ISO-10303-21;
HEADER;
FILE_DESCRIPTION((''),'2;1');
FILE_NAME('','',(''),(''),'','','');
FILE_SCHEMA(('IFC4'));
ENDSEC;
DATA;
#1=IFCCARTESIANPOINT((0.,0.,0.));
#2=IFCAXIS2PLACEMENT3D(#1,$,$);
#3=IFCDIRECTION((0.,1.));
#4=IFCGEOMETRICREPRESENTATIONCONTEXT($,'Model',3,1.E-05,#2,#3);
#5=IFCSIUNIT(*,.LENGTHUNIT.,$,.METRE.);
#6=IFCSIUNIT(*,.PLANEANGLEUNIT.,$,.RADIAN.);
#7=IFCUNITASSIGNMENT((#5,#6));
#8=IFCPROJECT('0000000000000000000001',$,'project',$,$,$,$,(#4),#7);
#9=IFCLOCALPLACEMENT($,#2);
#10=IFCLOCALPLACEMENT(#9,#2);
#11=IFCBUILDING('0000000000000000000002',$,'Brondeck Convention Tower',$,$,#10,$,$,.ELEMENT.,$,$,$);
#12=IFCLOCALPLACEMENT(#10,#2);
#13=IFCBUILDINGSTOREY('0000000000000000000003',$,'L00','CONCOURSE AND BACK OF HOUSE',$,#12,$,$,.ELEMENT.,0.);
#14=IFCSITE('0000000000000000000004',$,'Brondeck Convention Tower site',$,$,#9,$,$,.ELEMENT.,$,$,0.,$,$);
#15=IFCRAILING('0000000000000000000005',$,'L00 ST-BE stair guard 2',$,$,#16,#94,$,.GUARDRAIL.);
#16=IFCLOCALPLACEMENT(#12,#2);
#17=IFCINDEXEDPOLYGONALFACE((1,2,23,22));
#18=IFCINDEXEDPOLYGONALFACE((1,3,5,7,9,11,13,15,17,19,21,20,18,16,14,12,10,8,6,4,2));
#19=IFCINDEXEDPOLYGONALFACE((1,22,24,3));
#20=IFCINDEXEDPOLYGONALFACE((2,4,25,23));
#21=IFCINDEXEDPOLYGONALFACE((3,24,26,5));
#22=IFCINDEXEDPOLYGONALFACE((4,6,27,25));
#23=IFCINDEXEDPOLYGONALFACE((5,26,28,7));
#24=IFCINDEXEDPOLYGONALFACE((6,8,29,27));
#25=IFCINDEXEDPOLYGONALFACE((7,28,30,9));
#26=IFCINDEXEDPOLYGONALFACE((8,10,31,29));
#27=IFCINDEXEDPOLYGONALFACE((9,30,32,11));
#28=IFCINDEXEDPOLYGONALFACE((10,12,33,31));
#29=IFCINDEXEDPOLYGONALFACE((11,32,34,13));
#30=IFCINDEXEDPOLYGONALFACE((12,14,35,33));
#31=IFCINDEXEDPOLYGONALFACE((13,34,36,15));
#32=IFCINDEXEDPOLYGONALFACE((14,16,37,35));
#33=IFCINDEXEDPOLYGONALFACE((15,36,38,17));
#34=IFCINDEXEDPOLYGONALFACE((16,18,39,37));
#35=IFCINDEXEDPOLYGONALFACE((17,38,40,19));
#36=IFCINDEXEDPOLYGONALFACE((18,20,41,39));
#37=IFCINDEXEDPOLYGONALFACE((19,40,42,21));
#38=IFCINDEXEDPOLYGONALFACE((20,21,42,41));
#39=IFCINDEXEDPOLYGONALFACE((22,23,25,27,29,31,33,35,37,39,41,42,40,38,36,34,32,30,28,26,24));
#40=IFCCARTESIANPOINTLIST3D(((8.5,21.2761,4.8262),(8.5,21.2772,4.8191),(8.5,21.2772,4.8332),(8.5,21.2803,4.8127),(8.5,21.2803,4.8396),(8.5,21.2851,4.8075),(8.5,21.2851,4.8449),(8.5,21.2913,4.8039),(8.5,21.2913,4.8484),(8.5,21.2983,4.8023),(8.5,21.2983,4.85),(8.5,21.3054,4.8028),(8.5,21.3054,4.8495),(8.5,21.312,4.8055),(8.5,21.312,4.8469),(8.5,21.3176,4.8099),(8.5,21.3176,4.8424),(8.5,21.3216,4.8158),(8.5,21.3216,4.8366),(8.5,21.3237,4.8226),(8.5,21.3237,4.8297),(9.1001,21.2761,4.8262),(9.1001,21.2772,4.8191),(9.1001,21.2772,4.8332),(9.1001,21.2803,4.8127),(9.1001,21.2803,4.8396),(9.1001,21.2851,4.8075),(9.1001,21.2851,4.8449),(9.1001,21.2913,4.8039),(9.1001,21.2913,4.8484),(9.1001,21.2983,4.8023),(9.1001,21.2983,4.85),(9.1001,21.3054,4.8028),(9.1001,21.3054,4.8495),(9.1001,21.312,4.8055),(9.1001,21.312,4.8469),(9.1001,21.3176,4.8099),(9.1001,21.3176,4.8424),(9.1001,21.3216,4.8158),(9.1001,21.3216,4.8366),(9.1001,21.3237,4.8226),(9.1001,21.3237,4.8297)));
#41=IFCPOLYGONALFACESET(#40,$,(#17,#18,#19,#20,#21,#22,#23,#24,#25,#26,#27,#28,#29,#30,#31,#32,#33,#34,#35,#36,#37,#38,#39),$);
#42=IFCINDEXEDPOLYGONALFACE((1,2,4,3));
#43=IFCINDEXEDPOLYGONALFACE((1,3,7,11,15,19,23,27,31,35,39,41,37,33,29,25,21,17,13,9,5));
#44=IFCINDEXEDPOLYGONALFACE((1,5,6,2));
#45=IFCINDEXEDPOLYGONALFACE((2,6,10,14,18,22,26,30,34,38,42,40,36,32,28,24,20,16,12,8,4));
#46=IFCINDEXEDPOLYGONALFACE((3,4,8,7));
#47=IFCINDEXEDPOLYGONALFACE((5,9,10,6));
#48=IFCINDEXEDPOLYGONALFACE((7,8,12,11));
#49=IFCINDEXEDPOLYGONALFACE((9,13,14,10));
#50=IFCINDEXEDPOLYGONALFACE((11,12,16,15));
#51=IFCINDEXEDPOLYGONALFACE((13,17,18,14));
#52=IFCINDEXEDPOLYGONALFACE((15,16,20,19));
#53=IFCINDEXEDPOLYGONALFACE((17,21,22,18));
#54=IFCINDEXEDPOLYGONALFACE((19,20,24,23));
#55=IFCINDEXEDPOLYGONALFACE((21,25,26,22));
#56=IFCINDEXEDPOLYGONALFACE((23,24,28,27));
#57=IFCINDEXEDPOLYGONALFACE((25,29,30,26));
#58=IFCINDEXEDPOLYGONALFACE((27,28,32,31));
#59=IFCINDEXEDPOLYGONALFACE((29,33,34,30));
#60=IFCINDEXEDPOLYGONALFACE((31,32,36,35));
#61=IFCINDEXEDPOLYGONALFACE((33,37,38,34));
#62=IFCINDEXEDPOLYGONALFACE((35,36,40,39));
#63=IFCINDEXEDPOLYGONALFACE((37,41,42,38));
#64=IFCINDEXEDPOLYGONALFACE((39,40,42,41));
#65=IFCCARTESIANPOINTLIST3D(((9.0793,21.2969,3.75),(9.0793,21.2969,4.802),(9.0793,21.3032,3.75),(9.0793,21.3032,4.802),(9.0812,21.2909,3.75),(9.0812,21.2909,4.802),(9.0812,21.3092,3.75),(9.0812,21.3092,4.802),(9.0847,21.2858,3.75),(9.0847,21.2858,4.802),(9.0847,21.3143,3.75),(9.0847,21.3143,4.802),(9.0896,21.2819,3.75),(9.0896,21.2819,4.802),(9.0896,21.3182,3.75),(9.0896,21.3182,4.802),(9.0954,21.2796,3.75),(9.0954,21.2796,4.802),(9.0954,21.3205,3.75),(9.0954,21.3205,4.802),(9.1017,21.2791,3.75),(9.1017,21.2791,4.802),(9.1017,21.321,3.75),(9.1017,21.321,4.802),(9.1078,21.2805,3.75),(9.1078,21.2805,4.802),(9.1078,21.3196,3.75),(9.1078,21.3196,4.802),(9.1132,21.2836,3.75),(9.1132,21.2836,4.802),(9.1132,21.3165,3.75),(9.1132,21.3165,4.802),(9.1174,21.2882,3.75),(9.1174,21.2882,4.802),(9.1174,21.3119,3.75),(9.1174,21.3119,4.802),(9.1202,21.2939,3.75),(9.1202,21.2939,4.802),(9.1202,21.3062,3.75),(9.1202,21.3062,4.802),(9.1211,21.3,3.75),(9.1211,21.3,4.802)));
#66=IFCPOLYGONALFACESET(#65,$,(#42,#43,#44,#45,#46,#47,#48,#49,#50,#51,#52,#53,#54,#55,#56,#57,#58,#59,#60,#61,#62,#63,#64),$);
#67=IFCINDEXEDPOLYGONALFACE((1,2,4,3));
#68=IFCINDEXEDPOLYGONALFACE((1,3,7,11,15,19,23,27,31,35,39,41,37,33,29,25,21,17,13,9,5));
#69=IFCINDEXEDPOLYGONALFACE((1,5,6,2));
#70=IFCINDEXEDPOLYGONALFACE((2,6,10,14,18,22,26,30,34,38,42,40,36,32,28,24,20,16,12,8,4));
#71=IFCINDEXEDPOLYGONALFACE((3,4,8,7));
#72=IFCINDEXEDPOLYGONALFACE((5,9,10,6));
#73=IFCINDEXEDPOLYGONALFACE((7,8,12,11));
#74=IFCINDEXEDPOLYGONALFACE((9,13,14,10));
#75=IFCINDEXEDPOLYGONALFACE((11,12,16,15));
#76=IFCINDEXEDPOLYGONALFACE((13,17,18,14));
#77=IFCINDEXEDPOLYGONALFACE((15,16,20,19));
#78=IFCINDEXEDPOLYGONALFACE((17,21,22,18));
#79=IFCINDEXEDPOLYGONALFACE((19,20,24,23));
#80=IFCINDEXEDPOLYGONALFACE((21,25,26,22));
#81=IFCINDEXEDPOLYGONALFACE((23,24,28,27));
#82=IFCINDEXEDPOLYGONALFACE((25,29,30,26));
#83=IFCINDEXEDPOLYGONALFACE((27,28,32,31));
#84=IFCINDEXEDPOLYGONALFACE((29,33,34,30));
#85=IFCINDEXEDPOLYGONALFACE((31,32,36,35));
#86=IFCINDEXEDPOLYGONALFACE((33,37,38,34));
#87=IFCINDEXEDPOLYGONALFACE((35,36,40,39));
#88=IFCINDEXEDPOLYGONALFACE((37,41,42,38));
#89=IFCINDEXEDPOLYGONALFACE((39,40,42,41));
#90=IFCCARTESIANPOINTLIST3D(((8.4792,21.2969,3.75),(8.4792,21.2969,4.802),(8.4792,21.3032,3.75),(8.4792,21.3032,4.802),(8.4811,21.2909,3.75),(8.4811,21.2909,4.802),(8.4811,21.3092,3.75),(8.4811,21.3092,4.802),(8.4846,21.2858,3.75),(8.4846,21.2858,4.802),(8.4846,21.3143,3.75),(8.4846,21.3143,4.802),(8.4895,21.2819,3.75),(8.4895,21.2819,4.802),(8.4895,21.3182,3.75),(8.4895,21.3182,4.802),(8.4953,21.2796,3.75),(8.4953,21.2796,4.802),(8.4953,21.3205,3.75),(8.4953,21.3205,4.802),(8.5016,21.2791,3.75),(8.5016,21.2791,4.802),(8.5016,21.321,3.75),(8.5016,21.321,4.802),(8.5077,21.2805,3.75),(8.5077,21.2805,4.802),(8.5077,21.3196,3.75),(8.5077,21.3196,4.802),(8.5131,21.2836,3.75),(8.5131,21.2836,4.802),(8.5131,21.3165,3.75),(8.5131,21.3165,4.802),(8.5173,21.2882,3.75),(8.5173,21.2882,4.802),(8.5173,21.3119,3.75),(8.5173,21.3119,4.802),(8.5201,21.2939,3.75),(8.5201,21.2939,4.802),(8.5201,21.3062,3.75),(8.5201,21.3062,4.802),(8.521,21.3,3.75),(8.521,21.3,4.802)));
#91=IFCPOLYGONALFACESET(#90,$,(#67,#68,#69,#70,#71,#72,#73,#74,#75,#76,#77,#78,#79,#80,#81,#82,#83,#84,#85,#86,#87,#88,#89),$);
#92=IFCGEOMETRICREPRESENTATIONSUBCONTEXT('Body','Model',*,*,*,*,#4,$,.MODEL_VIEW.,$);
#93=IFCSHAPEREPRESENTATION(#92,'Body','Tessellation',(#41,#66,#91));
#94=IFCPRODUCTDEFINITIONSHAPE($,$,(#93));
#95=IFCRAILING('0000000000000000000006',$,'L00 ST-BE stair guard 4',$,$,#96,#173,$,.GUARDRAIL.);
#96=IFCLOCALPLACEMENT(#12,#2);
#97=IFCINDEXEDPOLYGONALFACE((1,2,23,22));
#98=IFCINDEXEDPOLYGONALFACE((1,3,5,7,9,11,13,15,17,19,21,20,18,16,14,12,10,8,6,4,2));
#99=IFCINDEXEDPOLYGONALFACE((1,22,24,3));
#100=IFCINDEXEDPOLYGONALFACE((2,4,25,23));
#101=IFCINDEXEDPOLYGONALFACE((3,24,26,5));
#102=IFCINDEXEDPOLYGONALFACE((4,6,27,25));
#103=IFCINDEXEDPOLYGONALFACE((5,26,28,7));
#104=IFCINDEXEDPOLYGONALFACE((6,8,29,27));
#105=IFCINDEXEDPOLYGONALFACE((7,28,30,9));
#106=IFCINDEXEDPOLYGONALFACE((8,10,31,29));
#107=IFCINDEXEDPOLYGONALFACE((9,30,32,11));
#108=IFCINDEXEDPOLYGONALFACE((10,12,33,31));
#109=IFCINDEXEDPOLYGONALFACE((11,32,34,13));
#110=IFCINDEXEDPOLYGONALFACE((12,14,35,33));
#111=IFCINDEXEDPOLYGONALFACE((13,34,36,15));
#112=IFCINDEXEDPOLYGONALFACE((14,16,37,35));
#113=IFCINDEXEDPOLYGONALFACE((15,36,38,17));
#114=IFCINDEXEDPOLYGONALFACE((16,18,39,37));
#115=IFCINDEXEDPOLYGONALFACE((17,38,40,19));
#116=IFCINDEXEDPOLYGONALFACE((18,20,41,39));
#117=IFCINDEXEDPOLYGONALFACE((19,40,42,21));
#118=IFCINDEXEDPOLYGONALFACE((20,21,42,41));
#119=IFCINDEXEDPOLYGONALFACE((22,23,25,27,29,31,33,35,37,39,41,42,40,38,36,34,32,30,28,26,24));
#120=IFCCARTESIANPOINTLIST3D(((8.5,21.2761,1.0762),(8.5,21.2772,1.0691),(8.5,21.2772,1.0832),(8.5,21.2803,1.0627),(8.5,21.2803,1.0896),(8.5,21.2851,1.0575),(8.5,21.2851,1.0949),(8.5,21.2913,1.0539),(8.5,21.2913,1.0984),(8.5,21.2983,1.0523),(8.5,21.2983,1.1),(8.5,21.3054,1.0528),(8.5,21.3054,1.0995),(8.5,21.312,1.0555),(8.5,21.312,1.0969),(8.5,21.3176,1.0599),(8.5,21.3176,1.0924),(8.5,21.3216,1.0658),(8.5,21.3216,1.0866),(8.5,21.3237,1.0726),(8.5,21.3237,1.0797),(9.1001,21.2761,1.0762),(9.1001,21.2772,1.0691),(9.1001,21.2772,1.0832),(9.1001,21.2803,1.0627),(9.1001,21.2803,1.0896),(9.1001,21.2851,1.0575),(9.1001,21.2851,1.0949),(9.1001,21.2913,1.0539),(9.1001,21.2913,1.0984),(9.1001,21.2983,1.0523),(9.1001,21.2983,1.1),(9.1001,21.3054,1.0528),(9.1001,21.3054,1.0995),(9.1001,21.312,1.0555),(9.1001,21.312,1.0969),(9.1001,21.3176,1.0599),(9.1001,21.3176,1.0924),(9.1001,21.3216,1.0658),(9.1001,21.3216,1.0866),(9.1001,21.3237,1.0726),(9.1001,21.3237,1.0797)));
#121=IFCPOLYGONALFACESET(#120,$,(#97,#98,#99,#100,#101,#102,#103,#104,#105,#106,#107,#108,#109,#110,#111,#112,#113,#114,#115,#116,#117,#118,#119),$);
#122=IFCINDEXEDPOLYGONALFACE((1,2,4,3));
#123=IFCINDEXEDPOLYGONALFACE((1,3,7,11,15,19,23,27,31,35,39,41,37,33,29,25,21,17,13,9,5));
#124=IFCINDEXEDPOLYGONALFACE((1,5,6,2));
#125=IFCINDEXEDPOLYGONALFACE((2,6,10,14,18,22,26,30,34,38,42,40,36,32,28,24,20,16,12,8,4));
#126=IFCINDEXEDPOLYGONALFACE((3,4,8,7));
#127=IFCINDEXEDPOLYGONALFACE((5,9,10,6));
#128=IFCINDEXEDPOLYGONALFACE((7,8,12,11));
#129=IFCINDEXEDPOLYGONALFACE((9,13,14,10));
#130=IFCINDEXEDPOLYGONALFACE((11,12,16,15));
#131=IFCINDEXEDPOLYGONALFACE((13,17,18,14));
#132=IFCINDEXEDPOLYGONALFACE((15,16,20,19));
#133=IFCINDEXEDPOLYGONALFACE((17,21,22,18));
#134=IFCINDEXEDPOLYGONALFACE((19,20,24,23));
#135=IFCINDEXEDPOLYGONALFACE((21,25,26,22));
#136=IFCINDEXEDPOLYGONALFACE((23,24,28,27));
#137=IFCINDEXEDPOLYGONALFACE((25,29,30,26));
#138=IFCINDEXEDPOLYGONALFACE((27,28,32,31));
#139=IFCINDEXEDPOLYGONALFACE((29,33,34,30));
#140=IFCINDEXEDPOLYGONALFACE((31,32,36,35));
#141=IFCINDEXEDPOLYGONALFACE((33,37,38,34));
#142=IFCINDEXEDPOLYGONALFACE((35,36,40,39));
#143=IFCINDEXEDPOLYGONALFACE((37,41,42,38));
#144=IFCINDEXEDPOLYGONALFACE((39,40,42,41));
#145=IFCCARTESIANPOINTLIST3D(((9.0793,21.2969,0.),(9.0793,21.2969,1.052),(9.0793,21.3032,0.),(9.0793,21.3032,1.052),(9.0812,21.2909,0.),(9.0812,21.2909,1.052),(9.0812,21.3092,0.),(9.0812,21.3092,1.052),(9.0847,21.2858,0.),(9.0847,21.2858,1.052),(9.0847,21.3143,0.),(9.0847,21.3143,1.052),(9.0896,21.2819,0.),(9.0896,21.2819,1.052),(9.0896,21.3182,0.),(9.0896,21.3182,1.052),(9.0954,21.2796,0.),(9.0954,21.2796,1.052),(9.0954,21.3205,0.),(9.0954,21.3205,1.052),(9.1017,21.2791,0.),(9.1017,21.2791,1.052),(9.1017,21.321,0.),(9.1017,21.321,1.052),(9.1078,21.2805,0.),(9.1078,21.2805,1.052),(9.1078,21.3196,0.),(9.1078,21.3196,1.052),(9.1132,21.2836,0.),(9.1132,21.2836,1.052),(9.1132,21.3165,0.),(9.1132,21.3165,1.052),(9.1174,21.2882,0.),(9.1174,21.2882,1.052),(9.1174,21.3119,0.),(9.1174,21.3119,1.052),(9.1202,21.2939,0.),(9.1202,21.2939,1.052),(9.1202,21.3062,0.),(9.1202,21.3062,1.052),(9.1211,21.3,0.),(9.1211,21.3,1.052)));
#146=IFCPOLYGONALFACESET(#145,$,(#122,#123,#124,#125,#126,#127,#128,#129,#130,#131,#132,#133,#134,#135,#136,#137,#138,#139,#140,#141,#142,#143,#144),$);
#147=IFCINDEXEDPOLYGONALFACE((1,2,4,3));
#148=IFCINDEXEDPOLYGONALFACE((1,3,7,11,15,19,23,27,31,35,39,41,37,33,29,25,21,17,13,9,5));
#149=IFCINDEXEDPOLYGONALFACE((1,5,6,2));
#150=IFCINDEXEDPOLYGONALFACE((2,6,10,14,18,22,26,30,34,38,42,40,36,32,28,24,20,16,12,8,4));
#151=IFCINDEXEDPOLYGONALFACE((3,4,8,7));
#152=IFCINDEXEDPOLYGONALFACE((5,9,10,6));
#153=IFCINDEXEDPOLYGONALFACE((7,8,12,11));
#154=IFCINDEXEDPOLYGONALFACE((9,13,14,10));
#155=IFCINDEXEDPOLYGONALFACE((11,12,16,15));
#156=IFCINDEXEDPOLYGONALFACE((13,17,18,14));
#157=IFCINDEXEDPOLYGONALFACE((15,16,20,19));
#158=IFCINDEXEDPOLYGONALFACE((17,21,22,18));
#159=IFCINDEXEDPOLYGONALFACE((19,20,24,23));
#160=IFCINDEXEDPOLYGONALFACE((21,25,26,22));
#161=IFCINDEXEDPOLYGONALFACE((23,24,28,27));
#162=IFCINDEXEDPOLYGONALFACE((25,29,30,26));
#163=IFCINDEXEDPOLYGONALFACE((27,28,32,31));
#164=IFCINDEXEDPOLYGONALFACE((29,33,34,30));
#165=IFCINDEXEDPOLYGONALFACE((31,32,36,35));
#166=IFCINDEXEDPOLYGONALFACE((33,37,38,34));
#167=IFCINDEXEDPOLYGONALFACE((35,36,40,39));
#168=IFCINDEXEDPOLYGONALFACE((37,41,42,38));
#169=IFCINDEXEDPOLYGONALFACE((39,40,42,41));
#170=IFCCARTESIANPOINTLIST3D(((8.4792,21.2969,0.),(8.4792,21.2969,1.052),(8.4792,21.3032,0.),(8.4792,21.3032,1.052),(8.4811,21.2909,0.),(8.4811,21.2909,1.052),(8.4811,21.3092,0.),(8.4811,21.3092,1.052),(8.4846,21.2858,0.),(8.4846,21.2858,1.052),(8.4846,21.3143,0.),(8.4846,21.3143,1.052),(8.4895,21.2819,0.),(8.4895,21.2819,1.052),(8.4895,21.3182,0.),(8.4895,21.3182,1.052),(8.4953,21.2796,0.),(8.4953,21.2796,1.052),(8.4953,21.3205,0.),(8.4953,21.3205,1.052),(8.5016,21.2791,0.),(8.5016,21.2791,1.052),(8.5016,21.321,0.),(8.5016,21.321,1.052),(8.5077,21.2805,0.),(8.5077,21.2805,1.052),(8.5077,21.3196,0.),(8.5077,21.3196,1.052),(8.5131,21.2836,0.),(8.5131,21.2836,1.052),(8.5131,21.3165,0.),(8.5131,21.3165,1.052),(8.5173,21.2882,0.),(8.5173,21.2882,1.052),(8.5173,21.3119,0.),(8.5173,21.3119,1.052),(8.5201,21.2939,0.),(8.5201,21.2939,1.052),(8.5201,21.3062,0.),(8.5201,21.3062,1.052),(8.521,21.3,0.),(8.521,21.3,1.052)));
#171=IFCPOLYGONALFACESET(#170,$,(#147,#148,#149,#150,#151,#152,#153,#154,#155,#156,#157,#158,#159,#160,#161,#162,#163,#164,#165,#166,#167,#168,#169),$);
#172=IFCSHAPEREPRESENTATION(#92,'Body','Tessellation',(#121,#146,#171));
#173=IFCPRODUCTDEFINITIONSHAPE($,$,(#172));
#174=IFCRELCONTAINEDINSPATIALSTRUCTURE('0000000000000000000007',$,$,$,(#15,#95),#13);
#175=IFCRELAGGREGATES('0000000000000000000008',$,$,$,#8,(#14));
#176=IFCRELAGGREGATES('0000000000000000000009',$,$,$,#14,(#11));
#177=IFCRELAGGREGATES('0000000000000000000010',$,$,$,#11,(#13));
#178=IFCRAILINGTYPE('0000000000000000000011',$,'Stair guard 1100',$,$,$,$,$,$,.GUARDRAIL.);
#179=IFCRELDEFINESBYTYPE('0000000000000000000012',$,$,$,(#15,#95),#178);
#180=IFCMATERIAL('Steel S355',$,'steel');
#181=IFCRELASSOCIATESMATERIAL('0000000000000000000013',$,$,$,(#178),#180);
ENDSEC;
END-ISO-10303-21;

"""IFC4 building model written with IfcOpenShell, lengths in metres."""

from ifc_helpers import new_model, si_unit, direction, frame, origin, origin_2d, place, context, subcontext, project, spatial, circle, extrude, material, type_object, element, save


model = new_model("IFC4")

# Units and contexts
model_context = context("Model", 3, precision=1e-05, world=origin(), true_north=direction((0.0, 1.0)))
body_context = subcontext(model_context, "Body", "Model", "MODEL_VIEW")
ifc_project = project(units=[si_unit("LENGTHUNIT", "METRE"), si_unit("PLANEANGLEUNIT", "RADIAN")], contexts=[model_context])

# Site, building, storey
site_placement = place(None, origin())
site = spatial("IfcSite", under=ifc_project, at=site_placement, Name="Brondeck Convention Tower site", CompositionType="ELEMENT", RefElevation=0.0)
building_placement = place(site_placement, origin())
building = spatial("IfcBuilding", under=site, at=building_placement, Name="Brondeck Convention Tower", CompositionType="ELEMENT")
storey_placement = place(building_placement, origin())
storey = spatial("IfcBuildingStorey", under=building, at=storey_placement, Name="L00", Description="CONCOURSE AND BACK OF HOUSE", CompositionType="ELEMENT", Elevation=0.0)

# Shared definitions
ifc_material_1 = material(Name="Steel S355", Category="steel")

# Railings
railing_type_1 = type_object("IfcRailingType", Name="Stair guard 1100", PredefinedType="GUARDRAIL", material=ifc_material_1)
for number, where, name in (
    (1, (9.1001, 21.3, 3.75), "L00 ST-BE stair guard 2"),
    (2, (9.1001, 21.3, 0.0), "L00 ST-BE stair guard 4"),
):
    element("IfcRailing", number, at=place(storey_placement, frame(where)), inside=storey, type_object=railing_type_1, Name=name, PredefinedType="GUARDRAIL", context=body_context, shape_type="SweptSolid", body=[
        extrude(circle(Radius=0.0239, at=origin_2d()), frame((0.0, 0.0, 1.0762), z_axis=(-1.0, 0.0, 0.0), x_axis=(0.0, -1.0, 0.0)), (0.0, 0.0, 1.0), 0.6001),
        extrude(circle(Radius=0.021, at=origin_2d()), origin(), (0.0, 0.0, 1.0), 1.052),
        extrude(circle(Radius=0.021, at=origin_2d()), frame((-0.6001, 0.0, 0.0)), (0.0, 0.0, 1.0), 1.052),
    ])

save(model, "model.ifc")
